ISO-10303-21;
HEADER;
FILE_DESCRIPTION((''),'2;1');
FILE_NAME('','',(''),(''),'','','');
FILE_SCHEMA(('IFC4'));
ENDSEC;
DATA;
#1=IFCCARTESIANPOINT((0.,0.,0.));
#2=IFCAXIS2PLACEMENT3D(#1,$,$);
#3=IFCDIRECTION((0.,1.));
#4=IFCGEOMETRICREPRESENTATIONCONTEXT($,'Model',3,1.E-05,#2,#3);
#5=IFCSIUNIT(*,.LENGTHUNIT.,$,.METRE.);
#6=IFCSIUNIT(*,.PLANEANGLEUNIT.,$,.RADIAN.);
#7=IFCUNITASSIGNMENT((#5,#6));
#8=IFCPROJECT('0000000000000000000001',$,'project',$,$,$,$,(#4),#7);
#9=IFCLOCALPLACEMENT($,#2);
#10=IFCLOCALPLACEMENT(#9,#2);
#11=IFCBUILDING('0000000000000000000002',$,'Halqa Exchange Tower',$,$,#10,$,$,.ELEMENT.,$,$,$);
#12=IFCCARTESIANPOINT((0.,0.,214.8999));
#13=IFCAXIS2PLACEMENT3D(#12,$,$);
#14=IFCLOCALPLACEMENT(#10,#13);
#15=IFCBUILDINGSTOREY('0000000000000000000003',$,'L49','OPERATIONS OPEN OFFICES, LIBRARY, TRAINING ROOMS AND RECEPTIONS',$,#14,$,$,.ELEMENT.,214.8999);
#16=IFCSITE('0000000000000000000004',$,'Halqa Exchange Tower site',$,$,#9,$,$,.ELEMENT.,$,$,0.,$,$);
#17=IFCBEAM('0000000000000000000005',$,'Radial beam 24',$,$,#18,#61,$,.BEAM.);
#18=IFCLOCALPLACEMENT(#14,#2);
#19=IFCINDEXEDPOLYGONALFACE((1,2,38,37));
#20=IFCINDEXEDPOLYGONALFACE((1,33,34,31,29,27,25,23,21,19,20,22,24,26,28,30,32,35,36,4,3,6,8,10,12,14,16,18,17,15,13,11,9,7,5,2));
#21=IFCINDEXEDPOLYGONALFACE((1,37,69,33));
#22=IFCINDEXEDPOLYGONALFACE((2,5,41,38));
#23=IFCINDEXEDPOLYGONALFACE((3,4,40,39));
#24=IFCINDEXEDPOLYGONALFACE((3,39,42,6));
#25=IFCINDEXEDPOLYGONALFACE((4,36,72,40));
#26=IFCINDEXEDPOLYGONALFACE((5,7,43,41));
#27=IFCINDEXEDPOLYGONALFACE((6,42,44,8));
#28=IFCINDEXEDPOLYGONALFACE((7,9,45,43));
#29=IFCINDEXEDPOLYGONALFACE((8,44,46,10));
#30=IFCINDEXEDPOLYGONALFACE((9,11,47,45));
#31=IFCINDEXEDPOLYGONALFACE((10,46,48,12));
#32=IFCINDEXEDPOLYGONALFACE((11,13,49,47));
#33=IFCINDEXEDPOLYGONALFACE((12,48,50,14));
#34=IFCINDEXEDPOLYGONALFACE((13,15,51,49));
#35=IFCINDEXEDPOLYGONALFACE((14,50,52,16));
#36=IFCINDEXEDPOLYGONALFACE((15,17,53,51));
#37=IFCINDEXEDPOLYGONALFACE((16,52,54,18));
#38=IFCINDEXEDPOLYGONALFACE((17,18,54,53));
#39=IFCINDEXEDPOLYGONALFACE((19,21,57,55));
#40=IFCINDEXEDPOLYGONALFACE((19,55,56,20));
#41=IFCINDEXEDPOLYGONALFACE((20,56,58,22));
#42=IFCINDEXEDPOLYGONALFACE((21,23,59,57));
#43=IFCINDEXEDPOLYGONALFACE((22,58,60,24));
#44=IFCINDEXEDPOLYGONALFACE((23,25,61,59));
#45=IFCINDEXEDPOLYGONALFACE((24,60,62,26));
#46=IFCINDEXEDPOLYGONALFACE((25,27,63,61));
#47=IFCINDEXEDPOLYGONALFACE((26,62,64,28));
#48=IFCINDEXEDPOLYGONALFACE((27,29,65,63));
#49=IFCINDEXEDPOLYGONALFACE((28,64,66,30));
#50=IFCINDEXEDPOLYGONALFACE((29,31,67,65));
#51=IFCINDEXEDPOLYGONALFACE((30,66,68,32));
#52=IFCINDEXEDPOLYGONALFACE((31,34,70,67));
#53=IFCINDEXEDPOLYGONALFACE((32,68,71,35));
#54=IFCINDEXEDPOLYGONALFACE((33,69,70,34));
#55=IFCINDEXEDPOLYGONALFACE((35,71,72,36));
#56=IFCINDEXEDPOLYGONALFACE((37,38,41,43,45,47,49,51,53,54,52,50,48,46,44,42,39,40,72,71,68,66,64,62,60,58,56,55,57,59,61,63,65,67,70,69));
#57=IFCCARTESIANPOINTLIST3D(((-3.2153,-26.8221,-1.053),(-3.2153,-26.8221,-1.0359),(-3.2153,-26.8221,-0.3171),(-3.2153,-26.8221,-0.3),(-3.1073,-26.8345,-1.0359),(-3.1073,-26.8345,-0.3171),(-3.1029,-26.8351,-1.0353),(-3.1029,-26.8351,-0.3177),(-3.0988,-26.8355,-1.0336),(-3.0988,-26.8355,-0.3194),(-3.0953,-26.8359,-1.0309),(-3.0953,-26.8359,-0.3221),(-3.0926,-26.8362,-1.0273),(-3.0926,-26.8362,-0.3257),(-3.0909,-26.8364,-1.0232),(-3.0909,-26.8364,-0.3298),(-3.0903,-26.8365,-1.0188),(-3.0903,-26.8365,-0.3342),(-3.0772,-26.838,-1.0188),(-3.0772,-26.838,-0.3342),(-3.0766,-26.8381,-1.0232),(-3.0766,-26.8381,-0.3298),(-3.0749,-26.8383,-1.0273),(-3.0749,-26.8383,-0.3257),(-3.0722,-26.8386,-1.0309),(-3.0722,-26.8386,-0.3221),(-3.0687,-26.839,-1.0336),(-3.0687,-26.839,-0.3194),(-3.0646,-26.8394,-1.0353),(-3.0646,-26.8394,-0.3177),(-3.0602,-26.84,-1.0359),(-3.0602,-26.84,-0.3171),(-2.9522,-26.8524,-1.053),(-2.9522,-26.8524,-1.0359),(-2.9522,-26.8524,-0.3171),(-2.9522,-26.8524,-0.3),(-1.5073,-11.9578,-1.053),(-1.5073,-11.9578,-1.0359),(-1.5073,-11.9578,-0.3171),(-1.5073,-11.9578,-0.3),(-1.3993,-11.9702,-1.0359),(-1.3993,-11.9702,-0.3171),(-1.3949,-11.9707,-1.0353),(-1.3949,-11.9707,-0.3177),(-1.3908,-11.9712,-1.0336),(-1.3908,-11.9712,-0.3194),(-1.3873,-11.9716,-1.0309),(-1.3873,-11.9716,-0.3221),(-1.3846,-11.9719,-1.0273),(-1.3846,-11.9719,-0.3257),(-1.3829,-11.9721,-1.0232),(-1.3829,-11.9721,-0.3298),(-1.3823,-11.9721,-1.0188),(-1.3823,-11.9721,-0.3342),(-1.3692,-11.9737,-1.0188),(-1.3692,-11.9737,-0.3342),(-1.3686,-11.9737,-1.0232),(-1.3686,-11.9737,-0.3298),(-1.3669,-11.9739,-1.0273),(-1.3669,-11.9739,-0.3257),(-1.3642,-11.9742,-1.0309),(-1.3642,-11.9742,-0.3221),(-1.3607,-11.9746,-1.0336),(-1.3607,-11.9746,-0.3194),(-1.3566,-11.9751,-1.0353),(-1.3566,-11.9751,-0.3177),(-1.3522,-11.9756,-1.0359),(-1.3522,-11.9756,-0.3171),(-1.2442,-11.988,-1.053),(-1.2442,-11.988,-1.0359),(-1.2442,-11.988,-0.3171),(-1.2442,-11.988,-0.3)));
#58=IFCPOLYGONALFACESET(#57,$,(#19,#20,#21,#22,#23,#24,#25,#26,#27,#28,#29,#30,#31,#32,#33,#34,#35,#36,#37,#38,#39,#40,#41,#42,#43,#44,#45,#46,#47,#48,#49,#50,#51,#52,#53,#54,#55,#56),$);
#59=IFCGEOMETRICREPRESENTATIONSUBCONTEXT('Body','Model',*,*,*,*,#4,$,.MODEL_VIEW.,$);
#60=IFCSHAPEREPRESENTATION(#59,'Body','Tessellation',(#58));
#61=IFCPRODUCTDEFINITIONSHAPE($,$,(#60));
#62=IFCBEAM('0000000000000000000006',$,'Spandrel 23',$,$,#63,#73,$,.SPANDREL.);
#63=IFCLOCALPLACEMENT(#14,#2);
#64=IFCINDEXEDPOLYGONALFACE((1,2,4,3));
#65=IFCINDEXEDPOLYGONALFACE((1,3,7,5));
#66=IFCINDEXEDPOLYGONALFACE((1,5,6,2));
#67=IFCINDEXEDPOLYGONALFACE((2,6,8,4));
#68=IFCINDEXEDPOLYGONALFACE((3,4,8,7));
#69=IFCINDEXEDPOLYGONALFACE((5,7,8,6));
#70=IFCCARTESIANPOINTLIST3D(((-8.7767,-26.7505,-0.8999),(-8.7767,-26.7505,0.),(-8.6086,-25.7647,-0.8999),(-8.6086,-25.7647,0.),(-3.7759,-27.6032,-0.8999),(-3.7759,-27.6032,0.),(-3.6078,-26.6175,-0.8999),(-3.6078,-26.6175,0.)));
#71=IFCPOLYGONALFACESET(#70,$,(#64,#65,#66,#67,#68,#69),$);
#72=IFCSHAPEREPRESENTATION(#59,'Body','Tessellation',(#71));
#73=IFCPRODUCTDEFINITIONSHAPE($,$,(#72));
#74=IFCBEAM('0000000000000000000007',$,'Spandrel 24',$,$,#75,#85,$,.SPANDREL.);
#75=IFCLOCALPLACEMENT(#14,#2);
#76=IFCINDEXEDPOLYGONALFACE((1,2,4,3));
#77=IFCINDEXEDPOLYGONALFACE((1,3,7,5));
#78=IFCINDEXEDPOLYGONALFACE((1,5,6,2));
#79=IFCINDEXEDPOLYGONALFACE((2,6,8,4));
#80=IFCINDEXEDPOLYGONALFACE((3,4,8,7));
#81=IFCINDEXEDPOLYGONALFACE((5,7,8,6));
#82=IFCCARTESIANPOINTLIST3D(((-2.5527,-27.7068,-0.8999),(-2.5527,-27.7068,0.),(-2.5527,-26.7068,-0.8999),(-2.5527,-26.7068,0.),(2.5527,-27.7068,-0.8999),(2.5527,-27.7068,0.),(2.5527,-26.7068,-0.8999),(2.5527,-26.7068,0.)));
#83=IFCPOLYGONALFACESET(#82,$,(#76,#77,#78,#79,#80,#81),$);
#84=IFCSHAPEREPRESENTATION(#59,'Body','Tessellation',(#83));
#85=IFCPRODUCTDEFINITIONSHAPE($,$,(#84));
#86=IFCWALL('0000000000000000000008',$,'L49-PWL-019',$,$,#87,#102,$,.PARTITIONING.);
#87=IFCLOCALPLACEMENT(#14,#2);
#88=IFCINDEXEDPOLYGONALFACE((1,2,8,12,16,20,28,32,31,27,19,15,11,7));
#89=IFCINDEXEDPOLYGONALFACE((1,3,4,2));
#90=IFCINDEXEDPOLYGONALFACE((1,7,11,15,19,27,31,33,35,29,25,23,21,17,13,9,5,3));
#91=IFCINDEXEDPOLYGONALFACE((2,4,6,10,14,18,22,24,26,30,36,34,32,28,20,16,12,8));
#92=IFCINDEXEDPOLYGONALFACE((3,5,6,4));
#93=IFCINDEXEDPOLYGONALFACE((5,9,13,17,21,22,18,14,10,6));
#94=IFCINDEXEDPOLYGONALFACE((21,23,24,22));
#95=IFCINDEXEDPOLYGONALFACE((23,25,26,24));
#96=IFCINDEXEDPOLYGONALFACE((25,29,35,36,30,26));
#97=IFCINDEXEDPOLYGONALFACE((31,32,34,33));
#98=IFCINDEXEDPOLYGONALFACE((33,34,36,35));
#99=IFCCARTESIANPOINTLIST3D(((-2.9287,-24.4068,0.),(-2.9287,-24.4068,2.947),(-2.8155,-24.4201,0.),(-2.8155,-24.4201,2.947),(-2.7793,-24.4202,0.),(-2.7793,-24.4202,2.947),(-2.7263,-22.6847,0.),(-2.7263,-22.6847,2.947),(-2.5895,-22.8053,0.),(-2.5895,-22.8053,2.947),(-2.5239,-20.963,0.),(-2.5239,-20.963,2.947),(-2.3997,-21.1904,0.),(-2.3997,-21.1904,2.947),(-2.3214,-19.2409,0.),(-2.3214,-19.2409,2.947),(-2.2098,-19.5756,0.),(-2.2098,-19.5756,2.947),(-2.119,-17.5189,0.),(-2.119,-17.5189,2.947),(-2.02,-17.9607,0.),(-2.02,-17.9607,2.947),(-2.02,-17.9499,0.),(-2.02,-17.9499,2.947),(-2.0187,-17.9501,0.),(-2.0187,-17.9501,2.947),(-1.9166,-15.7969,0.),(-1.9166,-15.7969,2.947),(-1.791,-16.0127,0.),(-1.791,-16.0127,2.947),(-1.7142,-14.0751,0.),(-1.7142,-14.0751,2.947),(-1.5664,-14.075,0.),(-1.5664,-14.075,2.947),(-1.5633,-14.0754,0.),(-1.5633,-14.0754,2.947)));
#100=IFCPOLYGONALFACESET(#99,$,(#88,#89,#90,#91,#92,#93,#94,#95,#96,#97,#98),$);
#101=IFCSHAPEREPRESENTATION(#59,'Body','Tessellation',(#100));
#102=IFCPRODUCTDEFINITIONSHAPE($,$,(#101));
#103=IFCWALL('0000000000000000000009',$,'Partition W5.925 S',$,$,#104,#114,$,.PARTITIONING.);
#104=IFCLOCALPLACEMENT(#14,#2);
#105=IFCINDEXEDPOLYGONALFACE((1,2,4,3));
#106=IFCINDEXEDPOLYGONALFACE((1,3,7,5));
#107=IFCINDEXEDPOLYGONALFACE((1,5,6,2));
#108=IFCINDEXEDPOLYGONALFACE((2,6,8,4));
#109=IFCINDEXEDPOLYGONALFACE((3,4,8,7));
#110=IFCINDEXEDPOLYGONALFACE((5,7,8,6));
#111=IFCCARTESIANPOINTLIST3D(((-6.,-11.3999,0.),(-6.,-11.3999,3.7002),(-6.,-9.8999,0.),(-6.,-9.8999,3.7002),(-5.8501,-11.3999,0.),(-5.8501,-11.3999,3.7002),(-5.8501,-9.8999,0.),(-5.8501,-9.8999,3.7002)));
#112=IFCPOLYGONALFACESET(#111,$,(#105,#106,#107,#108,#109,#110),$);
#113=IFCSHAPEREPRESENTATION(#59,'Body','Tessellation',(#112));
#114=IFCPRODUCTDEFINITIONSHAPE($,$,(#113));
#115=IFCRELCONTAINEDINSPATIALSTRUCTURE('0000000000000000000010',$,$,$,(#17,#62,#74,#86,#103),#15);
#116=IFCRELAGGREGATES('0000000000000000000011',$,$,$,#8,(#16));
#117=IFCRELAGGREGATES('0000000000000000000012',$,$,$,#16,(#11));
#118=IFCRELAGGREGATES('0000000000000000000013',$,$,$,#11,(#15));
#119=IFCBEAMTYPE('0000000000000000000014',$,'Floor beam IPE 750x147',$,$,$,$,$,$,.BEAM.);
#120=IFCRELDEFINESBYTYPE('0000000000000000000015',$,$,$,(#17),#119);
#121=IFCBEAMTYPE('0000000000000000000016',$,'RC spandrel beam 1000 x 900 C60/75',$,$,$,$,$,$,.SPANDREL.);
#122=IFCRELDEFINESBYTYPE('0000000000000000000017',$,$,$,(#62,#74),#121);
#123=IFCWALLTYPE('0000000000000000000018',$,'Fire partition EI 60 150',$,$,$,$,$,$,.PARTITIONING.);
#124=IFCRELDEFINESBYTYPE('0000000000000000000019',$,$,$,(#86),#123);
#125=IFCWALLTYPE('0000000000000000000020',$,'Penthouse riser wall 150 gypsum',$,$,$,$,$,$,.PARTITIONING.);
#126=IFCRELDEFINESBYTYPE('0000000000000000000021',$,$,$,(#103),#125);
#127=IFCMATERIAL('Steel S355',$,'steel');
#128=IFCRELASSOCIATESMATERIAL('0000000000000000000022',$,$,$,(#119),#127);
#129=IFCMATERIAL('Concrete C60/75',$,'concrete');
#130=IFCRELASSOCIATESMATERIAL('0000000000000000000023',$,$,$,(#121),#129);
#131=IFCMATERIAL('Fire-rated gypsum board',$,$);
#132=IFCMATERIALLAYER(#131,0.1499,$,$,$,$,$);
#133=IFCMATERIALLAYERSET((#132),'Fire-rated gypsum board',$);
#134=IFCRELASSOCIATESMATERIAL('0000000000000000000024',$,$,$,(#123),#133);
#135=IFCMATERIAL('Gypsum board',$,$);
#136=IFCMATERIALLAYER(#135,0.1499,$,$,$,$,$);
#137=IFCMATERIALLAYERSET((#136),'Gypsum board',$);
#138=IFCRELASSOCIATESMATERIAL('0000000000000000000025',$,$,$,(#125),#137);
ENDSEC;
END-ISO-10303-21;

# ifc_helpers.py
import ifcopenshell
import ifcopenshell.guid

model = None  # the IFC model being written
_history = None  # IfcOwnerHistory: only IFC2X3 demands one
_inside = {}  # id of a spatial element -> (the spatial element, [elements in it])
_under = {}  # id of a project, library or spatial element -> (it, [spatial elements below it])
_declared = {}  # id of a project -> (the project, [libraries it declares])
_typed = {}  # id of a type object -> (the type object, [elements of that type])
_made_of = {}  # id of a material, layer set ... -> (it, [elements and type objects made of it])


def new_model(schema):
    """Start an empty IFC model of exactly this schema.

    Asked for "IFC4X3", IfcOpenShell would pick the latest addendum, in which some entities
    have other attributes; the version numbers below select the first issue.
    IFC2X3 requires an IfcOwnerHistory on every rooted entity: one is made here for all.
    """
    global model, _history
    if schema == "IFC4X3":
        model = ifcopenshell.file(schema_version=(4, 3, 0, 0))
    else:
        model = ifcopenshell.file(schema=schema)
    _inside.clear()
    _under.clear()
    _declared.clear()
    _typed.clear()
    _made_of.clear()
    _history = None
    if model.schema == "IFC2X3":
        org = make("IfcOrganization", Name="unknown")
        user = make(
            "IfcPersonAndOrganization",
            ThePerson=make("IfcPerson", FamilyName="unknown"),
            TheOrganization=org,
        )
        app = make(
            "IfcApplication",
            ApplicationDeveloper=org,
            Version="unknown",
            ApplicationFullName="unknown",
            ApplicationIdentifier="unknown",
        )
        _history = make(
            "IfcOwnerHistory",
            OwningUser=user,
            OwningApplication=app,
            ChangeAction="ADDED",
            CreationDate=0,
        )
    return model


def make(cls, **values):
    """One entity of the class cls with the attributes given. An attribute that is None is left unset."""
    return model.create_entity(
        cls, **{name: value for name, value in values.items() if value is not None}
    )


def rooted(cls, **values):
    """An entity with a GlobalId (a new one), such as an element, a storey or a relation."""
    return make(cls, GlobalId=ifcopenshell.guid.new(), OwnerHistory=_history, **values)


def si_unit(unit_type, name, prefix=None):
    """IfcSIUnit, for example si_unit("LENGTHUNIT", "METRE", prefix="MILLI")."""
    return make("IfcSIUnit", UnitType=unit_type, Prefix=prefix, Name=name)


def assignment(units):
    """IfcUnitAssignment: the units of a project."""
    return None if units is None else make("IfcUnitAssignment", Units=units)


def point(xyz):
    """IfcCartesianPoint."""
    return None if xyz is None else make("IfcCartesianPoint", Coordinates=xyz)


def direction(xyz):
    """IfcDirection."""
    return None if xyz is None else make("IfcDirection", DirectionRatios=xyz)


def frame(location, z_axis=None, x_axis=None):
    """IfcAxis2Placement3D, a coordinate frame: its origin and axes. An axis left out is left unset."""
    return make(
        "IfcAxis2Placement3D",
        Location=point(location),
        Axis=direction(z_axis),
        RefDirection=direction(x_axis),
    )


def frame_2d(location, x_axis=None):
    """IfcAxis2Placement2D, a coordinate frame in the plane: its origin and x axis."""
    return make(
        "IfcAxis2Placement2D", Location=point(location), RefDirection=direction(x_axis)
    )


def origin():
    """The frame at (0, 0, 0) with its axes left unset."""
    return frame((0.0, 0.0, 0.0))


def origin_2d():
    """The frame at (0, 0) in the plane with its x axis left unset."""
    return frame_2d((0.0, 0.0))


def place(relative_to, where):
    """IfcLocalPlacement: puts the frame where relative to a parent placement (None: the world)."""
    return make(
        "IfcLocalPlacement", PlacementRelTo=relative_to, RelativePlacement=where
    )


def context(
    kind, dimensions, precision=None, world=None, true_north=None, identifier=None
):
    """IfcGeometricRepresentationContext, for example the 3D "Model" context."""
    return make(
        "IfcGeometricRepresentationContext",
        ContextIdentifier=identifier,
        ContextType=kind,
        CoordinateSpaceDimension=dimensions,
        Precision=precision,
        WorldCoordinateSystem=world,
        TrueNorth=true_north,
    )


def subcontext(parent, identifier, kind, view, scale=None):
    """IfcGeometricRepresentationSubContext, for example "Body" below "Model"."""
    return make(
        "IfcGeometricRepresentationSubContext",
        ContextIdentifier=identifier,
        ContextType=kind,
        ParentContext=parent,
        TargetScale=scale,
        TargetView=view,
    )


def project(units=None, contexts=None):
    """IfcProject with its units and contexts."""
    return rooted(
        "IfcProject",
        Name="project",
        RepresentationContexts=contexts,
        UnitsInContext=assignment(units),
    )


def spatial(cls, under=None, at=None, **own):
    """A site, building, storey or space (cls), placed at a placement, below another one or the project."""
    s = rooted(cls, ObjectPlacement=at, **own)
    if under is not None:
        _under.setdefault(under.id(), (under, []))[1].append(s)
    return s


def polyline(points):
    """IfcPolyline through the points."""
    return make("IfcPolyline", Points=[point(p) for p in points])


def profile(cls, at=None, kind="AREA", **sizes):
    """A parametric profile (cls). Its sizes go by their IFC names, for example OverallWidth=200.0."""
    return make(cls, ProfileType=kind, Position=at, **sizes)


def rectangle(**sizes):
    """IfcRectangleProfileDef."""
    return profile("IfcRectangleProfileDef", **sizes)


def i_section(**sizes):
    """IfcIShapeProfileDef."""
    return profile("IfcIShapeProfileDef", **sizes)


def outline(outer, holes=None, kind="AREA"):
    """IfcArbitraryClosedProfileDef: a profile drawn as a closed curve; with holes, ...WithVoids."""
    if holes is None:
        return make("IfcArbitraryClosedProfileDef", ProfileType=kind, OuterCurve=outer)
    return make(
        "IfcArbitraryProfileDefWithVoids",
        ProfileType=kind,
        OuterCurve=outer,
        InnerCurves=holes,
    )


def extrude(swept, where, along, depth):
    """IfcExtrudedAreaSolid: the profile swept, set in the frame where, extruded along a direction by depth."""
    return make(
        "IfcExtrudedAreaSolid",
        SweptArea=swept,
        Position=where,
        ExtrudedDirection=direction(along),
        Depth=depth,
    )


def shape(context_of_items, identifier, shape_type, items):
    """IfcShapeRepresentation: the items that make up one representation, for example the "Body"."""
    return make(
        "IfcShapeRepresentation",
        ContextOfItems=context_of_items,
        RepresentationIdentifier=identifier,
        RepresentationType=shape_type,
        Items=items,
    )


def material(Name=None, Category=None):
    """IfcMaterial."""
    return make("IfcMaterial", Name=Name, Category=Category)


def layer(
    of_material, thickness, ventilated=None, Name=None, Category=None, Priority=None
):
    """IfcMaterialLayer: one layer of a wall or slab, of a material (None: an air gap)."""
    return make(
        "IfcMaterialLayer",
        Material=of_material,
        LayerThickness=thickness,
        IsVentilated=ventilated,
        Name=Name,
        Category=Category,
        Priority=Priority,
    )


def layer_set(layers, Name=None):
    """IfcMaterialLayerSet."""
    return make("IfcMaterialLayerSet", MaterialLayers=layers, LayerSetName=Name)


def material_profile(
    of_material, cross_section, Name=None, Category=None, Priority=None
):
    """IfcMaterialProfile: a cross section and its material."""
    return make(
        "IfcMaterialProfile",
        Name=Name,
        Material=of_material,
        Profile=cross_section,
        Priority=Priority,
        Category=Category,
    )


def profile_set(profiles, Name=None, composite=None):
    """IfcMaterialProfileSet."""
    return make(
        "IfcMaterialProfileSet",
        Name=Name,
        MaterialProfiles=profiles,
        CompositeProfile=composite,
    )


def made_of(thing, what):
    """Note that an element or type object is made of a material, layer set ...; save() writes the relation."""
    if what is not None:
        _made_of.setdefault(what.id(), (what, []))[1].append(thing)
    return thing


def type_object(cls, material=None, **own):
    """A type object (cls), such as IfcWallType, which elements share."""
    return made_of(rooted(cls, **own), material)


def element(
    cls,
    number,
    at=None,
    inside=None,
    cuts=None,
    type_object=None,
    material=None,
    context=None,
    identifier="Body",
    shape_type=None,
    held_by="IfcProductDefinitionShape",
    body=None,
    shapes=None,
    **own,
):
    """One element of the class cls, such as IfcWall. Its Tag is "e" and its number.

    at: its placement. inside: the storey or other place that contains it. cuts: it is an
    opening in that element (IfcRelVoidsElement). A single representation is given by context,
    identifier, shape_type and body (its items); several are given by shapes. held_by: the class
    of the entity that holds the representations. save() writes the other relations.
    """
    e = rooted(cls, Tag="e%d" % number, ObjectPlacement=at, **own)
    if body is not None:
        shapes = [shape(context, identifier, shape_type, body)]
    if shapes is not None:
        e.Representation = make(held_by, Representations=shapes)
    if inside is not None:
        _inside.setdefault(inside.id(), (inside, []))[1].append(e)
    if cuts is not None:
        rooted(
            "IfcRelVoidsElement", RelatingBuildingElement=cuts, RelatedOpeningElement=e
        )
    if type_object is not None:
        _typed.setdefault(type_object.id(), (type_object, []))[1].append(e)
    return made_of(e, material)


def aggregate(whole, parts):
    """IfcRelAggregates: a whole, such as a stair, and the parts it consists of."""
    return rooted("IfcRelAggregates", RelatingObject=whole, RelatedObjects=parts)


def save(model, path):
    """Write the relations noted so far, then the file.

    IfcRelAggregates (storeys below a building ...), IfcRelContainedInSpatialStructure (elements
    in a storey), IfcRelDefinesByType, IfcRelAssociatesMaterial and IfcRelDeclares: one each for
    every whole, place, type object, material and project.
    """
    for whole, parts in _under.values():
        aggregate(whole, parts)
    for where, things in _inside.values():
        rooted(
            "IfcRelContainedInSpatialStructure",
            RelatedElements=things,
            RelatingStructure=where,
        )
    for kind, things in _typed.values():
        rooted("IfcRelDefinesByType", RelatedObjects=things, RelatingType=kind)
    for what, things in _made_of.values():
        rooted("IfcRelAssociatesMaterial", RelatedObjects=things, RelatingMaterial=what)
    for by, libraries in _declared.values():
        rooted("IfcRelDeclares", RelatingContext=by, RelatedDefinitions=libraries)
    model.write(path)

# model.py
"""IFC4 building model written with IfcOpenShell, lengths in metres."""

from ifc_helpers import new_model, si_unit, direction, frame, frame_2d, origin, origin_2d, place, context, subcontext, project, spatial, polyline, rectangle, i_section, outline, extrude, material, layer, layer_set, material_profile, profile_set, type_object, element, save


model = new_model("IFC4")

# Units and contexts
model_context = context("Model", 3, precision=1e-05, world=origin(), true_north=direction((0.0, 1.0)))
body_context = subcontext(model_context, "Body", "Model", "MODEL_VIEW")
ifc_project = project(units=[si_unit("LENGTHUNIT", "METRE"), si_unit("PLANEANGLEUNIT", "RADIAN")], contexts=[model_context])

# Site, building, storey
site_placement = place(None, origin())
site = spatial("IfcSite", under=ifc_project, at=site_placement, Name="Halqa Exchange Tower site", CompositionType="ELEMENT", RefElevation=0.0)
building_placement = place(site_placement, origin())
building = spatial("IfcBuilding", under=site, at=building_placement, Name="Halqa Exchange Tower", CompositionType="ELEMENT")
storey_placement = place(building_placement, frame((0.0, 0.0, 214.8999)))
storey = spatial("IfcBuildingStorey", under=building, at=storey_placement, Name="L49", Description="OPERATIONS OPEN OFFICES, LIBRARY, TRAINING ROOMS AND RECEPTIONS", CompositionType="ELEMENT", Elevation=214.8999)

# Shared definitions
ifc_material_1 = material(Name="Concrete C60/75", Category="concrete")

# Beams
ifc_material_2 = material(Name="Steel S355", Category="steel")
ifc_material_profile_1 = material_profile(ifc_material_2, i_section(OverallWidth=0.2649, OverallDepth=0.7529, WebThickness=0.0132, FlangeThickness=0.0171, FilletRadius=0.0171, at=origin_2d()), Name="IPE 750x147")
ifc_profile_set_1 = profile_set([ifc_material_profile_1], Name="Steel S355")
beam_type_1 = type_object("IfcBeamType", Name="Floor beam IPE 750x147", PredefinedType="BEAM", material=ifc_profile_set_1)
beam_1_placement = place(storey_placement, frame((-1.3757, -11.9729, -0.6765), z_axis=(-0.114156, -0.993463, 0.0), x_axis=(0.993463, -0.114156, 0.0)))
element("IfcBeam", 1, at=beam_1_placement, inside=storey, type_object=beam_type_1, Name="Radial beam 24", PredefinedType="BEAM", context=body_context, shape_type="SweptSolid", body=[
    extrude(i_section(OverallWidth=0.2649, OverallDepth=0.7529, WebThickness=0.0132, FlangeThickness=0.0171, FilletRadius=0.0171, at=origin_2d()), origin(), (0.0, 0.0, 1.0), 14.9622),
])
ifc_material_profile_2 = material_profile(ifc_material_1, rectangle(XDim=1.0, YDim=0.8999, at=origin_2d()), Name="1000 x 900")
ifc_profile_set_2 = profile_set([ifc_material_profile_2], Name="Concrete C60/75")
beam_type_2 = type_object("IfcBeamType", Name="RC spandrel beam 1000 x 900 C60/75", PredefinedType="SPANDREL", material=ifc_profile_set_2)
beam_2_placement = place(storey_placement, frame((-8.6926, -26.2576, -0.45), z_axis=(0.985769, -0.168105, 0.0), x_axis=(0.168105, 0.985769, 0.0)))
element("IfcBeam", 2, at=beam_2_placement, inside=storey, type_object=beam_type_2, Name="Spandrel 23", PredefinedType="SPANDREL", context=body_context, shape_type="SweptSolid", body=[
    extrude(rectangle(XDim=1.0, YDim=0.8999, at=origin_2d()), origin(), (0.0, 0.0, 1.0), 5.073),
])
beam_3_placement = place(storey_placement, frame((-2.5527, -27.2068, -0.45), z_axis=(1.0, 0.0, 0.0), x_axis=(0.0, 1.0, 0.0)))
element("IfcBeam", 3, at=beam_3_placement, inside=storey, type_object=beam_type_2, Name="Spandrel 24", PredefinedType="SPANDREL", context=body_context, shape_type="SweptSolid", body=[
    extrude(rectangle(XDim=1.0, YDim=0.8999, at=origin_2d()), origin(), (0.0, 0.0, 1.0), 5.1055),
])

# Walls
ifc_material_3 = material(Name="Fire-rated gypsum board")
ifc_layer_1 = layer(ifc_material_3, 0.1499)
ifc_layer_set_1 = layer_set([ifc_layer_1], Name="Fire-rated gypsum board")
wall_type_1 = type_object("IfcWallType", Name="Fire partition EI 60 150", PredefinedType="PARTITIONING", material=ifc_layer_set_1)
wall_1_placement = place(storey_placement, frame((-2.8542, -24.4155, 0.0), z_axis=(0.0, 0.0, 1.0), x_axis=(0.11675, 0.993161, 0.0)))
element("IfcWall", 4, at=wall_1_placement, inside=storey, type_object=wall_type_1, Name="L49-PWL-019", PredefinedType="PARTITIONING", context=body_context, shape_type="SweptSolid", body=[
    extrude(outline(polyline([(0.0042, -0.075), (1.6301, -0.075), (3.2561, -0.075), (4.8821, -0.075), (6.5081, -0.075), (6.5188, -0.0737), (6.5188, -0.075), (8.4695, -0.075), (10.4202, -0.075), (10.4202, -0.0718), (10.4028, 0.075), (8.6692, 0.075), (6.9353, 0.075), (5.2014, 0.075), (3.4675, 0.075), (1.7339, 0.075), (0.0, 0.075), (0.0, -0.0391), (0.0042, -0.075)])), origin(), (0.0, 0.0, 1.0), 2.947),
])
ifc_material_4 = material(Name="Gypsum board")
ifc_layer_2 = layer(ifc_material_4, 0.1499)
ifc_layer_set_2 = layer_set([ifc_layer_2], Name="Gypsum board")
wall_type_2 = type_object("IfcWallType", Name="Penthouse riser wall 150 gypsum", PredefinedType="PARTITIONING", material=ifc_layer_set_2)
wall_2_placement = place(storey_placement, frame((-5.925, -11.3999, 0.0), z_axis=(0.0, 0.0, 1.0), x_axis=(0.0, 1.0, 0.0)))
element("IfcWall", 5, at=wall_2_placement, inside=storey, type_object=wall_type_2, Name="Partition W5.925 S", PredefinedType="PARTITIONING", context=body_context, shape_type="SweptSolid", body=[
    extrude(rectangle(XDim=1.5, YDim=0.1499, at=frame_2d((0.75, 0.0))), origin(), (0.0, 0.0, 1.0), 3.7002),
])

save(model, "model.ifc")
